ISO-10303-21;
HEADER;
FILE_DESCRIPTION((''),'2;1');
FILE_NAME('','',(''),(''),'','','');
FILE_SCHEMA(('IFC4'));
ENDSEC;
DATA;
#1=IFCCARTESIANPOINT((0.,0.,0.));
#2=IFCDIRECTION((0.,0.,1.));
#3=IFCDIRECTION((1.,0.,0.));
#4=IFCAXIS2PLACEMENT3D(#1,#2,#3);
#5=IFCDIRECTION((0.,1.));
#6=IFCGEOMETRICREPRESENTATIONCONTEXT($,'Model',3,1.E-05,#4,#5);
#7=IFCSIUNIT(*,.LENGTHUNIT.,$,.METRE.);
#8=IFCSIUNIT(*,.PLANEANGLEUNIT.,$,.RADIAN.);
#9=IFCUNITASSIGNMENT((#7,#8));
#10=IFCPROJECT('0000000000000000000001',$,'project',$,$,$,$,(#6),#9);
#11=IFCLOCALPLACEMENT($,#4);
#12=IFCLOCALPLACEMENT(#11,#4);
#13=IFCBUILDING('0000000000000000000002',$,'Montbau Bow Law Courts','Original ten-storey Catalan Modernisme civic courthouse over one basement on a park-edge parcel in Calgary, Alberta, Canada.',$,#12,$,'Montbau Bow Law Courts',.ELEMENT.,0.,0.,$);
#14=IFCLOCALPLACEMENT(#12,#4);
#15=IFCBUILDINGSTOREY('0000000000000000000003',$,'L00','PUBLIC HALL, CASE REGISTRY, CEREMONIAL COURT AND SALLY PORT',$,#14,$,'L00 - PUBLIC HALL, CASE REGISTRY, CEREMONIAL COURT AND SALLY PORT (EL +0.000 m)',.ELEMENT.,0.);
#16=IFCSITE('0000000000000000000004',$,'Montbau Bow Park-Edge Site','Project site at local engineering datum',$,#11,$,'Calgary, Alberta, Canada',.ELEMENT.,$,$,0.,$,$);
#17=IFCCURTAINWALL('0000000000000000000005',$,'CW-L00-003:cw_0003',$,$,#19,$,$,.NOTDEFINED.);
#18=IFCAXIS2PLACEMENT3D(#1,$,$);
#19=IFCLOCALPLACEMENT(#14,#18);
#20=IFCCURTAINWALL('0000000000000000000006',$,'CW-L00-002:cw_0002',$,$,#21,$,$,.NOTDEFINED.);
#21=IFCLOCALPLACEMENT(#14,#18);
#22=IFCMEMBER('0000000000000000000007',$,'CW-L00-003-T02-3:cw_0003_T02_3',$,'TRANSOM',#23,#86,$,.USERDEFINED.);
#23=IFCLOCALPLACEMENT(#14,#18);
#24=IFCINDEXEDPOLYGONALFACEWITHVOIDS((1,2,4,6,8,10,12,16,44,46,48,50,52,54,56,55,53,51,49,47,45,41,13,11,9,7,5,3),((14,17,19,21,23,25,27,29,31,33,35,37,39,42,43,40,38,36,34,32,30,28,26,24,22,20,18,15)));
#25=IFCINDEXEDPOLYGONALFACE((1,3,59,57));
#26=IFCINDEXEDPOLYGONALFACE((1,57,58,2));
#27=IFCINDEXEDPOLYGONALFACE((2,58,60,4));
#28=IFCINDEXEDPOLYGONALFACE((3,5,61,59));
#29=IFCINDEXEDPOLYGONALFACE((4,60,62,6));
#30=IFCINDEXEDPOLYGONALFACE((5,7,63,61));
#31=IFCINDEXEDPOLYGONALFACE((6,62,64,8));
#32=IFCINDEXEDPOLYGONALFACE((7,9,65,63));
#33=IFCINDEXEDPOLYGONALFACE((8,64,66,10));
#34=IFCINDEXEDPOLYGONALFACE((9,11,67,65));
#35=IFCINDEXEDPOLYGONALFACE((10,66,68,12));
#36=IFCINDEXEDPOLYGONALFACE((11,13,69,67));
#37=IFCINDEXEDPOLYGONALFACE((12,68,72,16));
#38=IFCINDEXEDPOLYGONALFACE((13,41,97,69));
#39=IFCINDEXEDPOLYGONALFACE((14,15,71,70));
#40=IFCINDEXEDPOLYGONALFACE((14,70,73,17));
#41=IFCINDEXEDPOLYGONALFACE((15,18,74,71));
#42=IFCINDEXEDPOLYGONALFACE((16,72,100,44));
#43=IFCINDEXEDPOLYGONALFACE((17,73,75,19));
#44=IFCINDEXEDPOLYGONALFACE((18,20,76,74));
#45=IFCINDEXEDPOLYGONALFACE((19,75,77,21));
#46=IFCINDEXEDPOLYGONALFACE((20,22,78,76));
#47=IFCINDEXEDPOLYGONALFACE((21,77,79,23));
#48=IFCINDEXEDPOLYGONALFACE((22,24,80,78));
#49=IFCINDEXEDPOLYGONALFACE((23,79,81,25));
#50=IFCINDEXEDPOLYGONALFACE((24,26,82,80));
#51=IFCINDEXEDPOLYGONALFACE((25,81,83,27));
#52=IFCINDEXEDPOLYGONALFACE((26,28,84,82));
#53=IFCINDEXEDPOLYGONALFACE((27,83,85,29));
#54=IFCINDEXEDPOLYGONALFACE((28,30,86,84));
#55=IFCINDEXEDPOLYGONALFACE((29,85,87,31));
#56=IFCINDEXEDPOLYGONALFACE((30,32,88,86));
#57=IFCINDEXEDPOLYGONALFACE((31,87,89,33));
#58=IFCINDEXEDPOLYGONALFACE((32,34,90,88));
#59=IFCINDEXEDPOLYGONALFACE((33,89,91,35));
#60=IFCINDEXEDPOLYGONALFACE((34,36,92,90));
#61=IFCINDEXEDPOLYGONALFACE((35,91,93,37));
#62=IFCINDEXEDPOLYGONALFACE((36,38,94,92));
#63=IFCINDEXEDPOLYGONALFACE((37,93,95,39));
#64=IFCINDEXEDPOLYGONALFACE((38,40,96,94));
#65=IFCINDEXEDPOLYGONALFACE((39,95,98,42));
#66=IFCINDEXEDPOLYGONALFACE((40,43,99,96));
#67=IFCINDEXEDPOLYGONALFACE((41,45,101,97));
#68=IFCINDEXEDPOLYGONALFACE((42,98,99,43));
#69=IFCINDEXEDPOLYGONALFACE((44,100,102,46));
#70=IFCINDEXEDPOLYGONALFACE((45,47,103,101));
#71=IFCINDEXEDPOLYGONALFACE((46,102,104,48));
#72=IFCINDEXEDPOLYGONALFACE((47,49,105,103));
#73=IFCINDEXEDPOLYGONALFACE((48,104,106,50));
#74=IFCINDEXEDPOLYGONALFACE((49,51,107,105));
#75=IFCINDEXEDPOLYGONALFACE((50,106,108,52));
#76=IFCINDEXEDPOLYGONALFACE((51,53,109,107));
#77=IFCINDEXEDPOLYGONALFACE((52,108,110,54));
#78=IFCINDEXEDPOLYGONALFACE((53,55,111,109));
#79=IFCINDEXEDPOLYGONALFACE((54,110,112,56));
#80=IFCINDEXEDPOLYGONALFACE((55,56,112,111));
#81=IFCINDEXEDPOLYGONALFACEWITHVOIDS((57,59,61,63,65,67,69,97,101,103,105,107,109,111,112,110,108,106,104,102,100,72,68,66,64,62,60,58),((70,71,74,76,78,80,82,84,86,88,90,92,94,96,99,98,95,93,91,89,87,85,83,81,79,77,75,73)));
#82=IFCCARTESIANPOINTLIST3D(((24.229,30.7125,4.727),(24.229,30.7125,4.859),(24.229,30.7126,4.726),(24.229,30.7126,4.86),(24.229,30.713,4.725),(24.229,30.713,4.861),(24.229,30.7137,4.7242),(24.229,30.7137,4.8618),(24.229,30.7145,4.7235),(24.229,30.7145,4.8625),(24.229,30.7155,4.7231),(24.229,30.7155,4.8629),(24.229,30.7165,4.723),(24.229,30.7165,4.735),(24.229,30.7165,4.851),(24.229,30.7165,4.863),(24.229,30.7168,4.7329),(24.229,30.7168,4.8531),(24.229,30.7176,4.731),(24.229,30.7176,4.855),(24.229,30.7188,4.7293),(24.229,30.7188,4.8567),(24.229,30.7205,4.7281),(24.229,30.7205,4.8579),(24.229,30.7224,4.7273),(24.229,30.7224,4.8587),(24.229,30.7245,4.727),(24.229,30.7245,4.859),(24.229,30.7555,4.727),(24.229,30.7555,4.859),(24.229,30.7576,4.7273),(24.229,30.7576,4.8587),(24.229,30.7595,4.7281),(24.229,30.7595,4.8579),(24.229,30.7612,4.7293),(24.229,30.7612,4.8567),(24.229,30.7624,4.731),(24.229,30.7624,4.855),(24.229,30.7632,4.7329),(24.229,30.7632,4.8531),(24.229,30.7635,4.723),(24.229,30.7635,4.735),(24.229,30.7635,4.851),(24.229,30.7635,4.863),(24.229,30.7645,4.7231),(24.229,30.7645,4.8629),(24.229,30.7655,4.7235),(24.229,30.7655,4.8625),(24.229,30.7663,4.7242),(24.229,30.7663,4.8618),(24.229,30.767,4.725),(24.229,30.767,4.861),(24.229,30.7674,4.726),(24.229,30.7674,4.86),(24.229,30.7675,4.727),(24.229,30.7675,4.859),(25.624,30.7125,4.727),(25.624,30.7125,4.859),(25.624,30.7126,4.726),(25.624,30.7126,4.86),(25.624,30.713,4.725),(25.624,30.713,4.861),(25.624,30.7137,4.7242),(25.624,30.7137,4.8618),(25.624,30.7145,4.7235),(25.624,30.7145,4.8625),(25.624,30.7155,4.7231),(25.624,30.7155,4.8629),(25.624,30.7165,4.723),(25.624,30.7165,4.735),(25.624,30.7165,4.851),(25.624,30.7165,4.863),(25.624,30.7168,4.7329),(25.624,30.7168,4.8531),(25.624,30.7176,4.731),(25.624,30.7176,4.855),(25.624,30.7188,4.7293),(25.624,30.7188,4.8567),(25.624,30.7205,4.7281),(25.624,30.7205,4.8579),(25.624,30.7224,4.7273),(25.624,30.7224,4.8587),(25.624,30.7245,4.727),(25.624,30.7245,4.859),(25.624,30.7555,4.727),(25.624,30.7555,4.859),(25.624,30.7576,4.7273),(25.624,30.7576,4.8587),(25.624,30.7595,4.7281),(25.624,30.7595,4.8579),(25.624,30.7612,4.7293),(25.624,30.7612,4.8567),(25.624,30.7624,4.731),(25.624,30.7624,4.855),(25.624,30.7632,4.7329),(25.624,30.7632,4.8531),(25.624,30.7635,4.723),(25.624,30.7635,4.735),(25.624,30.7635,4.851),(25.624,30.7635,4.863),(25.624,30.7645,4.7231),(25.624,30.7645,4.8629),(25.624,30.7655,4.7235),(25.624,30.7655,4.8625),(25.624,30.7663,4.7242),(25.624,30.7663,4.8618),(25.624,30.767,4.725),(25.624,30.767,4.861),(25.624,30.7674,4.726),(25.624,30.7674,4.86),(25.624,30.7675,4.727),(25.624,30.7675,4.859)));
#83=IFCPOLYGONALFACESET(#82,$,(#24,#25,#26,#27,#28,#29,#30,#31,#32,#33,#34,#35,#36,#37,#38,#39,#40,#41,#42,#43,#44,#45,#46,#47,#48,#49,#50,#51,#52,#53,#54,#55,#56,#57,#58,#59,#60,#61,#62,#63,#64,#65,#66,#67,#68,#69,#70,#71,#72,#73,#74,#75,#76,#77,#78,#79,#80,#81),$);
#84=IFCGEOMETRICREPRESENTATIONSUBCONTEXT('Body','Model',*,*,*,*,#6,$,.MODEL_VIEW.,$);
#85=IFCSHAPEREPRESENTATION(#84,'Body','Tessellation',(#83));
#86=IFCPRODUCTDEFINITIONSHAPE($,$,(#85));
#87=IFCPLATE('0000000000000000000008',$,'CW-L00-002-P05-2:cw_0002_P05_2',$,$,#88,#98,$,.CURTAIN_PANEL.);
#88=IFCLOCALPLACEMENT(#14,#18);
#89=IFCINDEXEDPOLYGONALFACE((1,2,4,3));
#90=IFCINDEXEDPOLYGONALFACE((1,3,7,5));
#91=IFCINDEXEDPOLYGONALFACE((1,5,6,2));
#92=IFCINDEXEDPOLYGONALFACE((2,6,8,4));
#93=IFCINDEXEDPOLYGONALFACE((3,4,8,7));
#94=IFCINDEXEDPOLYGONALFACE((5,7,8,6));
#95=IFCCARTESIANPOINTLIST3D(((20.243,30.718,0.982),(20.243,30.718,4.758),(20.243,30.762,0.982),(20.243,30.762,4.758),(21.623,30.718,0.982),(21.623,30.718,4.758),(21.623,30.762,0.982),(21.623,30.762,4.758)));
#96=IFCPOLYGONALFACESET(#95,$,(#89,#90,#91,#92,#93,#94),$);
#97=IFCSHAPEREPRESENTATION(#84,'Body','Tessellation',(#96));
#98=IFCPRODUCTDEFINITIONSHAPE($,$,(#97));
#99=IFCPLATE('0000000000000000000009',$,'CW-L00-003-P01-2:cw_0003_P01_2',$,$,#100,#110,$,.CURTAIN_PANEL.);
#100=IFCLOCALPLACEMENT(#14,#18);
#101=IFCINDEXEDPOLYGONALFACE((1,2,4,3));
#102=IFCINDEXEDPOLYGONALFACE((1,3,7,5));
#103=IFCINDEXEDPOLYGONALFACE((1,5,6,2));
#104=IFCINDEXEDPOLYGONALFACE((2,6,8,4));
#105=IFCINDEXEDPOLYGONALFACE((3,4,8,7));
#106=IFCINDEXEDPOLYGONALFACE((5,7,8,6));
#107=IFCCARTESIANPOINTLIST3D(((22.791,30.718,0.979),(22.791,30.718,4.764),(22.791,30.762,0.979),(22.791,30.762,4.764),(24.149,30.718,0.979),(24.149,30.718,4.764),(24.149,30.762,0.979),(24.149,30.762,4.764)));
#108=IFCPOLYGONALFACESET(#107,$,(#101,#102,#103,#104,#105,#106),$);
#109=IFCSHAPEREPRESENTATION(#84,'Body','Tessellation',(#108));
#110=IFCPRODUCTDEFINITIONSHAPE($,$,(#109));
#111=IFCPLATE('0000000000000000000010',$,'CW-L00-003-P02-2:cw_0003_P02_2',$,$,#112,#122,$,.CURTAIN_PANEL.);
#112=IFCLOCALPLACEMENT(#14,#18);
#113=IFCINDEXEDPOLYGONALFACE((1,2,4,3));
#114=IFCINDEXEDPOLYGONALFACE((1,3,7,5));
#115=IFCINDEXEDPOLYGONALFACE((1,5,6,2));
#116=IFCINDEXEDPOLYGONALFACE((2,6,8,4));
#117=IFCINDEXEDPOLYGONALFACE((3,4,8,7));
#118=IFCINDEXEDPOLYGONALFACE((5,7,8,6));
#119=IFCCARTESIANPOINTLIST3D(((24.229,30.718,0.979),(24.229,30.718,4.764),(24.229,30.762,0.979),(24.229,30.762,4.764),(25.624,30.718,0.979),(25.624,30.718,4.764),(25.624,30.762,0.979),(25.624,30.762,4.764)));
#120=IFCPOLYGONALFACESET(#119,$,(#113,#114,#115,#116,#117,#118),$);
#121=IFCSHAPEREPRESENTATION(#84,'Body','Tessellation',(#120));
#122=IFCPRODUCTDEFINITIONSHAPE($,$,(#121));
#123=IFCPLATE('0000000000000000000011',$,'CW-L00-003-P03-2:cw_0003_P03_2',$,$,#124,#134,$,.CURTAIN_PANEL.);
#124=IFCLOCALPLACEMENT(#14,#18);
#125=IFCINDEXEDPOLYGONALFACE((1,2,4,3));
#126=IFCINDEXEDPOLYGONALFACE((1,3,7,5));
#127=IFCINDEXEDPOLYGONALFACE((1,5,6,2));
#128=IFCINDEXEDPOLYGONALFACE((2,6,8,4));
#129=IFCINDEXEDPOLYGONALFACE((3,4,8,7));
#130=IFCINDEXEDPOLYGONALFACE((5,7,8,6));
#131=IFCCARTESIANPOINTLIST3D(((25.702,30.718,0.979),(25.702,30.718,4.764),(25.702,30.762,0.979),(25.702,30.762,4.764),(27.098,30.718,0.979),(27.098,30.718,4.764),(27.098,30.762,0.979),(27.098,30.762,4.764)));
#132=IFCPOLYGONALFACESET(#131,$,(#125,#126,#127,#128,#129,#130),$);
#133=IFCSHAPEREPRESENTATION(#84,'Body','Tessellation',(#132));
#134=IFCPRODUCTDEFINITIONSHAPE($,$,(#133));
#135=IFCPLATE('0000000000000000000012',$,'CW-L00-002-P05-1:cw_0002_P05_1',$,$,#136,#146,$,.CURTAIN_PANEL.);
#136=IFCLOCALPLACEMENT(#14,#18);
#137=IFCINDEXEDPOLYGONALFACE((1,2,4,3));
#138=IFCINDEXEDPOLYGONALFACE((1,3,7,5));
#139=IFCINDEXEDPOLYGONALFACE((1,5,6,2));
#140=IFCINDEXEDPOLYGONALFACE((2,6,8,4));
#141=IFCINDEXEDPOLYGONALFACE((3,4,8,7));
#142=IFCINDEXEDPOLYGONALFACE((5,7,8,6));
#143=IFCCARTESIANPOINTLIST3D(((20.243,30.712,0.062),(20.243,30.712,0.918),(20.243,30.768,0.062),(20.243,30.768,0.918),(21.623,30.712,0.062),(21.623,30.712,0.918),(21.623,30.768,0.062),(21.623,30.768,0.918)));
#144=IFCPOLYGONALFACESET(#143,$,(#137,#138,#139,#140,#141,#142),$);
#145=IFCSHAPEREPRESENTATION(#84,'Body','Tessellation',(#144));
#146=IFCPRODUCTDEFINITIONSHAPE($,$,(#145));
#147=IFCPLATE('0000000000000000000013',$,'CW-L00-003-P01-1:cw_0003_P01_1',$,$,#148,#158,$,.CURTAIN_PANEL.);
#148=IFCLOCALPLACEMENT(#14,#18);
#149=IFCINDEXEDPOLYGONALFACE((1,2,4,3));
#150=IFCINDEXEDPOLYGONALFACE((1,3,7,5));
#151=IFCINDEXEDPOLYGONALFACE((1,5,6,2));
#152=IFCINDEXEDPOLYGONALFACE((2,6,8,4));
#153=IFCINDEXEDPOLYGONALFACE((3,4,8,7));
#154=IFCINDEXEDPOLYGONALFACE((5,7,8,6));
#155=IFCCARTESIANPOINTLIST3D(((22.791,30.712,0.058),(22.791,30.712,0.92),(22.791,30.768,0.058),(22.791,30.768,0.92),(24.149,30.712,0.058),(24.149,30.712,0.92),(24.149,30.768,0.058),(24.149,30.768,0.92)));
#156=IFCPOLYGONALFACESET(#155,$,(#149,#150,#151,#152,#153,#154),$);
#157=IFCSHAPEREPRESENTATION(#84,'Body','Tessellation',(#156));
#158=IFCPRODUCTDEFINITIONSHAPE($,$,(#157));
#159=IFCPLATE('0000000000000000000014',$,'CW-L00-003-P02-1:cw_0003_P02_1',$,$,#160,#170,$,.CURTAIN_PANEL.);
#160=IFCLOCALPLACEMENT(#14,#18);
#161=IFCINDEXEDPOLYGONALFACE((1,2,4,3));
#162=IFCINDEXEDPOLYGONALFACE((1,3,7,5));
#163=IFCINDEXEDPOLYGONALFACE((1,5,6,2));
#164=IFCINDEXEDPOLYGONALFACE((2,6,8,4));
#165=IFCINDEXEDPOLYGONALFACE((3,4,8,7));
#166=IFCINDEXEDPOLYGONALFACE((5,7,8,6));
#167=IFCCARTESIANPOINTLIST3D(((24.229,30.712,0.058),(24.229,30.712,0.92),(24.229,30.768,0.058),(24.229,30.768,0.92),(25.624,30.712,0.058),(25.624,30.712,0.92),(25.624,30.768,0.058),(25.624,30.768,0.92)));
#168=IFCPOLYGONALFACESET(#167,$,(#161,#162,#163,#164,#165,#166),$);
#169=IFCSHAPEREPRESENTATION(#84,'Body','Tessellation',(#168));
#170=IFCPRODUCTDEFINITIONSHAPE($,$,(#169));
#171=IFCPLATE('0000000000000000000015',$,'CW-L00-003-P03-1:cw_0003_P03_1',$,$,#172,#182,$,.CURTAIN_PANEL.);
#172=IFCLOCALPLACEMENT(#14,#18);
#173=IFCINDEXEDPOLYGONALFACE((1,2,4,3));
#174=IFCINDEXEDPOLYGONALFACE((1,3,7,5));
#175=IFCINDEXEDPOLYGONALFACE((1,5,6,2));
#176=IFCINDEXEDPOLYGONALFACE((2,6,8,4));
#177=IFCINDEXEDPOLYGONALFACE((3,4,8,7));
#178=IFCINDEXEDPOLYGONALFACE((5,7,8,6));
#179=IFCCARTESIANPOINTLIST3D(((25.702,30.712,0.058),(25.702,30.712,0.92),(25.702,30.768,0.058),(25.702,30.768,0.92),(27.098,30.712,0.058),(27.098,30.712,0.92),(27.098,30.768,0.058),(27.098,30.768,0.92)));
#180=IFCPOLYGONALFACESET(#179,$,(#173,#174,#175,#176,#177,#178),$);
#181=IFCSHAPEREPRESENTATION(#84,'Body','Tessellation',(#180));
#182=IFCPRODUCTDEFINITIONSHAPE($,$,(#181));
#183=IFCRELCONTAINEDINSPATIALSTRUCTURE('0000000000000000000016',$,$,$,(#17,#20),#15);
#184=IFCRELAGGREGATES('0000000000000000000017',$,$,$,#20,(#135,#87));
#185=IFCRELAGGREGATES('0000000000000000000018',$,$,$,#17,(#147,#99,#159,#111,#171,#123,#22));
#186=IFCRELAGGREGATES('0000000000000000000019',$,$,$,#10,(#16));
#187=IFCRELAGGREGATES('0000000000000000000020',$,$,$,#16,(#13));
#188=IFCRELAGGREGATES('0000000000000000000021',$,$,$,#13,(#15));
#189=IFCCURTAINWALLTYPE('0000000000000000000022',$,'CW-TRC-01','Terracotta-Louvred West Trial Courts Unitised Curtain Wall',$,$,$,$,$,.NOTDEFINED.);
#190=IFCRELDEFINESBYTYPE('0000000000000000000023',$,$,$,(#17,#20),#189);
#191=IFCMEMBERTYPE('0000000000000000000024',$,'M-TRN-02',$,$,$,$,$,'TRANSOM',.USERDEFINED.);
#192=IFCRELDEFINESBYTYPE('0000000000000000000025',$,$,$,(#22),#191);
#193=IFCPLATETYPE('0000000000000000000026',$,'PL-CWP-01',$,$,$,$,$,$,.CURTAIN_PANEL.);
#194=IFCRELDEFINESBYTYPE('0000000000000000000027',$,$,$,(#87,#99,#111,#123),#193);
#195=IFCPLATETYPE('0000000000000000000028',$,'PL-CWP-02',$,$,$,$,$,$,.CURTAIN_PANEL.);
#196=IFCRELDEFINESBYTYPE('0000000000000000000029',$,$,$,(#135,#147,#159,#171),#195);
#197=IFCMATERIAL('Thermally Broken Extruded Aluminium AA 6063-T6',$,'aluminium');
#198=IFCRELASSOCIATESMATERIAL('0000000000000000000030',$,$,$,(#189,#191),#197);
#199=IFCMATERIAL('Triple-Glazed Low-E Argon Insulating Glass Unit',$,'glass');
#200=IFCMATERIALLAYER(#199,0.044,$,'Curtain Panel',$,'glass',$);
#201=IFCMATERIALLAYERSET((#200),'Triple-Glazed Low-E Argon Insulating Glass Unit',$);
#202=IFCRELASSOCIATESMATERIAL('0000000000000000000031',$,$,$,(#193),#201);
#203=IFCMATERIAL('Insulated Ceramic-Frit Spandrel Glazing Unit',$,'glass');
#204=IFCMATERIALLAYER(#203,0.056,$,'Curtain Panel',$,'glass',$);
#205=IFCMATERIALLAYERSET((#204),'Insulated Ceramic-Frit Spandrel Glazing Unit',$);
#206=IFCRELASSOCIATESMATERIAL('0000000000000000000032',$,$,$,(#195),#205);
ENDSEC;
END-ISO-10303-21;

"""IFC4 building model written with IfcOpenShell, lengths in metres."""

from ifc_helpers import new_model, si_unit, direction, frame, frame_2d, origin_with_axes, origin_2d_with_axis, place, context, subcontext, project, spatial, rectangle, hollow_rectangle, extrude, material, layer, layer_set, material_profile, profile_set, type_object, element, aggregate, save


model = new_model("IFC4")

# Units and contexts
model_context = context("Model", 3, precision=1e-05, world=origin_with_axes(), true_north=direction((0.0, 1.0)))
body_context = subcontext(model_context, "Body", "Model", "MODEL_VIEW")
ifc_project = project(units=[si_unit("LENGTHUNIT", "METRE"), si_unit("PLANEANGLEUNIT", "RADIAN")], contexts=[model_context])

# Site, building, storey
site_placement = place(None, origin_with_axes())
site = spatial("IfcSite", under=ifc_project, at=site_placement, Name="Montbau Bow Park-Edge Site", Description="Project site at local engineering datum", LongName="Calgary, Alberta, Canada", CompositionType="ELEMENT", RefElevation=0.0)
building_placement = place(site_placement, origin_with_axes())
building = spatial("IfcBuilding", under=site, at=building_placement, Name="Montbau Bow Law Courts", Description="Original ten-storey Catalan Modernisme civic courthouse over one basement on a park-edge parcel in Calgary, Alberta, Canada.", LongName="Montbau Bow Law Courts", CompositionType="ELEMENT", ElevationOfRefHeight=0.0, ElevationOfTerrain=0.0)
storey_placement = place(building_placement, origin_with_axes())
storey = spatial("IfcBuildingStorey", under=building, at=storey_placement, Name="L00", Description="PUBLIC HALL, CASE REGISTRY, CEREMONIAL COURT AND SALLY PORT", LongName="L00 - PUBLIC HALL, CASE REGISTRY, CEREMONIAL COURT AND SALLY PORT (EL +0.000 m)", CompositionType="ELEMENT", Elevation=0.0)

# Curtain walls
ifc_material_1 = material(Name="Thermally Broken Extruded Aluminium AA 6063-T6", Category="aluminium")
curtain_wall_type = type_object("IfcCurtainWallType", Name="CW-TRC-01", Description="Terracotta-Louvred West Trial Courts Unitised Curtain Wall", PredefinedType="NOTDEFINED", material=ifc_material_1)
curtain_wall_1_placement = place(None, frame((22.715, 30.74, 0.0), z_axis=(0.0, 0.0, 1.0), x_axis=(1.0, 0.0, 0.0)))
curtain_wall_1 = element("IfcCurtainWall", 1, at=curtain_wall_1_placement, inside=storey, type_object=curtain_wall_type, Name="CW-L00-003:cw_0003", PredefinedType="NOTDEFINED")
curtain_wall_2_placement = place(None, frame((14.315, 30.74, 0.0), z_axis=(0.0, 0.0, 1.0), x_axis=(1.0, 0.0, 0.0)))
curtain_wall_2 = element("IfcCurtainWall", 2, at=curtain_wall_2_placement, inside=storey, type_object=curtain_wall_type, Name="CW-L00-002:cw_0002", PredefinedType="NOTDEFINED")

# Member
ifc_material_profile_1 = material_profile(ifc_material_1, hollow_rectangle(XDim=0.055, YDim=0.14, WallThickness=0.004, InnerFilletRadius=0.008, OuterFilletRadius=0.004, at=origin_2d_with_axis()), Name="CWT-140X55", Category="Main", Priority=0)
ifc_profile_set_1 = profile_set([ifc_material_profile_1], Name="Thermally Broken Extruded Aluminium AA 6063-T6")
member_type_1 = type_object("IfcMemberType", Name="M-TRN-02", ElementType="TRANSOM", PredefinedType="USERDEFINED", material=ifc_profile_set_1)
member_1_placement = place(None, frame((24.229, 30.74, 4.793), z_axis=(1.0, 0.0, 0.0), x_axis=(0.0, 1.0, 0.0)))
member_1 = element("IfcMember", 3, at=member_1_placement, type_object=member_type_1, Name="CW-L00-003-T02-3:cw_0003_T02_3", ObjectType="TRANSOM", PredefinedType="USERDEFINED", context=body_context, shape_type="SweptSolid", body=[
    extrude(hollow_rectangle(XDim=0.055, YDim=0.14, WallThickness=0.004, InnerFilletRadius=0.008, OuterFilletRadius=0.004, at=origin_2d_with_axis()), origin_with_axes(), (0.0, 0.0, 1.0), 1.395),
])

# Plates
ifc_material_2 = material(Name="Triple-Glazed Low-E Argon Insulating Glass Unit", Category="glass")
ifc_layer_1 = layer(ifc_material_2, 0.044, Name="Curtain Panel", Category="glass")
ifc_layer_set_1 = layer_set([ifc_layer_1], Name="Triple-Glazed Low-E Argon Insulating Glass Unit")
plate_type_1 = type_object("IfcPlateType", Name="PL-CWP-01", PredefinedType="CURTAIN_PANEL", material=ifc_layer_set_1)
plate_1_placement = place(None, frame((20.243, 30.74, 0.982), z_axis=(0.0, -1.0, 0.0), x_axis=(1.0, 0.0, 0.0)))
plate_1 = element("IfcPlate", 4, at=plate_1_placement, type_object=plate_type_1, Name="CW-L00-002-P05-2:cw_0002_P05_2", PredefinedType="CURTAIN_PANEL", context=body_context, shape_type="SweptSolid", body=[
    extrude(rectangle(XDim=1.38, YDim=3.776, at=frame_2d((0.69, 1.888), x_axis=(1.0, 0.0))), frame((0.0, 0.0, -0.022), z_axis=(0.0, 0.0, 1.0), x_axis=(1.0, 0.0, 0.0)), (0.0, 0.0, 1.0), 0.044),
])
plate_2_placement = place(None, frame((22.791, 30.74, 0.979), z_axis=(0.0, -1.0, 0.0), x_axis=(1.0, 0.0, 0.0)))
plate_2 = element("IfcPlate", 5, at=plate_2_placement, type_object=plate_type_1, Name="CW-L00-003-P01-2:cw_0003_P01_2", PredefinedType="CURTAIN_PANEL", context=body_context, shape_type="SweptSolid", body=[
    extrude(rectangle(XDim=1.358, YDim=3.785, at=frame_2d((0.679, 1.8925), x_axis=(1.0, 0.0))), frame((0.0, 0.0, -0.022), z_axis=(0.0, 0.0, 1.0), x_axis=(1.0, 0.0, 0.0)), (0.0, 0.0, 1.0), 0.044),
])
plate_3_placement = place(None, frame((24.229, 30.74, 0.979), z_axis=(0.0, -1.0, 0.0), x_axis=(1.0, 0.0, 0.0)))
plate_3 = element("IfcPlate", 6, at=plate_3_placement, type_object=plate_type_1, Name="CW-L00-003-P02-2:cw_0003_P02_2", PredefinedType="CURTAIN_PANEL", context=body_context, shape_type="SweptSolid", body=[
    extrude(rectangle(XDim=1.395, YDim=3.785, at=frame_2d((0.6975, 1.8925), x_axis=(1.0, 0.0))), frame((0.0, 0.0, -0.022), z_axis=(0.0, 0.0, 1.0), x_axis=(1.0, 0.0, 0.0)), (0.0, 0.0, 1.0), 0.044),
])
plate_4_placement = place(None, frame((25.702, 30.74, 0.979), z_axis=(0.0, -1.0, 0.0), x_axis=(1.0, 0.0, 0.0)))
plate_4 = element("IfcPlate", 7, at=plate_4_placement, type_object=plate_type_1, Name="CW-L00-003-P03-2:cw_0003_P03_2", PredefinedType="CURTAIN_PANEL", context=body_context, shape_type="SweptSolid", body=[
    extrude(rectangle(XDim=1.396, YDim=3.785, at=frame_2d((0.698, 1.8925), x_axis=(1.0, 0.0))), frame((0.0, 0.0, -0.022), z_axis=(0.0, 0.0, 1.0), x_axis=(1.0, 0.0, 0.0)), (0.0, 0.0, 1.0), 0.044),
])
ifc_material_3 = material(Name="Insulated Ceramic-Frit Spandrel Glazing Unit", Category="glass")
ifc_layer_2 = layer(ifc_material_3, 0.056, Name="Curtain Panel", Category="glass")
ifc_layer_set_2 = layer_set([ifc_layer_2], Name="Insulated Ceramic-Frit Spandrel Glazing Unit")
plate_type_2 = type_object("IfcPlateType", Name="PL-CWP-02", PredefinedType="CURTAIN_PANEL", material=ifc_layer_set_2)
plate_5_placement = place(None, frame((20.243, 30.74, 0.062), z_axis=(0.0, -1.0, 0.0), x_axis=(1.0, 0.0, 0.0)))
plate_5 = element("IfcPlate", 8, at=plate_5_placement, type_object=plate_type_2, Name="CW-L00-002-P05-1:cw_0002_P05_1", PredefinedType="CURTAIN_PANEL", context=body_context, shape_type="SweptSolid", body=[
    extrude(rectangle(XDim=1.38, YDim=0.856, at=frame_2d((0.69, 0.428), x_axis=(1.0, 0.0))), frame((0.0, 0.0, -0.028), z_axis=(0.0, 0.0, 1.0), x_axis=(1.0, 0.0, 0.0)), (0.0, 0.0, 1.0), 0.056),
])
aggregate(curtain_wall_2, [plate_5, plate_1])
plate_6_placement = place(None, frame((22.791, 30.74, 0.058), z_axis=(0.0, -1.0, 0.0), x_axis=(1.0, 0.0, 0.0)))
plate_6 = element("IfcPlate", 9, at=plate_6_placement, type_object=plate_type_2, Name="CW-L00-003-P01-1:cw_0003_P01_1", PredefinedType="CURTAIN_PANEL", context=body_context, shape_type="SweptSolid", body=[
    extrude(rectangle(XDim=1.358, YDim=0.862, at=frame_2d((0.679, 0.431), x_axis=(1.0, 0.0))), frame((0.0, 0.0, -0.028), z_axis=(0.0, 0.0, 1.0), x_axis=(1.0, 0.0, 0.0)), (0.0, 0.0, 1.0), 0.056),
])
plate_7_placement = place(None, frame((24.229, 30.74, 0.058), z_axis=(0.0, -1.0, 0.0), x_axis=(1.0, 0.0, 0.0)))
plate_7 = element("IfcPlate", 10, at=plate_7_placement, type_object=plate_type_2, Name="CW-L00-003-P02-1:cw_0003_P02_1", PredefinedType="CURTAIN_PANEL", context=body_context, shape_type="SweptSolid", body=[
    extrude(rectangle(XDim=1.395, YDim=0.862, at=frame_2d((0.6975, 0.431), x_axis=(1.0, 0.0))), frame((0.0, 0.0, -0.028), z_axis=(0.0, 0.0, 1.0), x_axis=(1.0, 0.0, 0.0)), (0.0, 0.0, 1.0), 0.056),
])
plate_8_placement = place(None, frame((25.702, 30.74, 0.058), z_axis=(0.0, -1.0, 0.0), x_axis=(1.0, 0.0, 0.0)))
plate_8 = element("IfcPlate", 11, at=plate_8_placement, type_object=plate_type_2, Name="CW-L00-003-P03-1:cw_0003_P03_1", PredefinedType="CURTAIN_PANEL", context=body_context, shape_type="SweptSolid", body=[
    extrude(rectangle(XDim=1.396, YDim=0.862, at=frame_2d((0.698, 0.431), x_axis=(1.0, 0.0))), frame((0.0, 0.0, -0.028), z_axis=(0.0, 0.0, 1.0), x_axis=(1.0, 0.0, 0.0)), (0.0, 0.0, 1.0), 0.056),
])
aggregate(curtain_wall_1, [plate_6, plate_2, plate_7, plate_3, plate_8, plate_4, member_1])

save(model, "model.ifc")
